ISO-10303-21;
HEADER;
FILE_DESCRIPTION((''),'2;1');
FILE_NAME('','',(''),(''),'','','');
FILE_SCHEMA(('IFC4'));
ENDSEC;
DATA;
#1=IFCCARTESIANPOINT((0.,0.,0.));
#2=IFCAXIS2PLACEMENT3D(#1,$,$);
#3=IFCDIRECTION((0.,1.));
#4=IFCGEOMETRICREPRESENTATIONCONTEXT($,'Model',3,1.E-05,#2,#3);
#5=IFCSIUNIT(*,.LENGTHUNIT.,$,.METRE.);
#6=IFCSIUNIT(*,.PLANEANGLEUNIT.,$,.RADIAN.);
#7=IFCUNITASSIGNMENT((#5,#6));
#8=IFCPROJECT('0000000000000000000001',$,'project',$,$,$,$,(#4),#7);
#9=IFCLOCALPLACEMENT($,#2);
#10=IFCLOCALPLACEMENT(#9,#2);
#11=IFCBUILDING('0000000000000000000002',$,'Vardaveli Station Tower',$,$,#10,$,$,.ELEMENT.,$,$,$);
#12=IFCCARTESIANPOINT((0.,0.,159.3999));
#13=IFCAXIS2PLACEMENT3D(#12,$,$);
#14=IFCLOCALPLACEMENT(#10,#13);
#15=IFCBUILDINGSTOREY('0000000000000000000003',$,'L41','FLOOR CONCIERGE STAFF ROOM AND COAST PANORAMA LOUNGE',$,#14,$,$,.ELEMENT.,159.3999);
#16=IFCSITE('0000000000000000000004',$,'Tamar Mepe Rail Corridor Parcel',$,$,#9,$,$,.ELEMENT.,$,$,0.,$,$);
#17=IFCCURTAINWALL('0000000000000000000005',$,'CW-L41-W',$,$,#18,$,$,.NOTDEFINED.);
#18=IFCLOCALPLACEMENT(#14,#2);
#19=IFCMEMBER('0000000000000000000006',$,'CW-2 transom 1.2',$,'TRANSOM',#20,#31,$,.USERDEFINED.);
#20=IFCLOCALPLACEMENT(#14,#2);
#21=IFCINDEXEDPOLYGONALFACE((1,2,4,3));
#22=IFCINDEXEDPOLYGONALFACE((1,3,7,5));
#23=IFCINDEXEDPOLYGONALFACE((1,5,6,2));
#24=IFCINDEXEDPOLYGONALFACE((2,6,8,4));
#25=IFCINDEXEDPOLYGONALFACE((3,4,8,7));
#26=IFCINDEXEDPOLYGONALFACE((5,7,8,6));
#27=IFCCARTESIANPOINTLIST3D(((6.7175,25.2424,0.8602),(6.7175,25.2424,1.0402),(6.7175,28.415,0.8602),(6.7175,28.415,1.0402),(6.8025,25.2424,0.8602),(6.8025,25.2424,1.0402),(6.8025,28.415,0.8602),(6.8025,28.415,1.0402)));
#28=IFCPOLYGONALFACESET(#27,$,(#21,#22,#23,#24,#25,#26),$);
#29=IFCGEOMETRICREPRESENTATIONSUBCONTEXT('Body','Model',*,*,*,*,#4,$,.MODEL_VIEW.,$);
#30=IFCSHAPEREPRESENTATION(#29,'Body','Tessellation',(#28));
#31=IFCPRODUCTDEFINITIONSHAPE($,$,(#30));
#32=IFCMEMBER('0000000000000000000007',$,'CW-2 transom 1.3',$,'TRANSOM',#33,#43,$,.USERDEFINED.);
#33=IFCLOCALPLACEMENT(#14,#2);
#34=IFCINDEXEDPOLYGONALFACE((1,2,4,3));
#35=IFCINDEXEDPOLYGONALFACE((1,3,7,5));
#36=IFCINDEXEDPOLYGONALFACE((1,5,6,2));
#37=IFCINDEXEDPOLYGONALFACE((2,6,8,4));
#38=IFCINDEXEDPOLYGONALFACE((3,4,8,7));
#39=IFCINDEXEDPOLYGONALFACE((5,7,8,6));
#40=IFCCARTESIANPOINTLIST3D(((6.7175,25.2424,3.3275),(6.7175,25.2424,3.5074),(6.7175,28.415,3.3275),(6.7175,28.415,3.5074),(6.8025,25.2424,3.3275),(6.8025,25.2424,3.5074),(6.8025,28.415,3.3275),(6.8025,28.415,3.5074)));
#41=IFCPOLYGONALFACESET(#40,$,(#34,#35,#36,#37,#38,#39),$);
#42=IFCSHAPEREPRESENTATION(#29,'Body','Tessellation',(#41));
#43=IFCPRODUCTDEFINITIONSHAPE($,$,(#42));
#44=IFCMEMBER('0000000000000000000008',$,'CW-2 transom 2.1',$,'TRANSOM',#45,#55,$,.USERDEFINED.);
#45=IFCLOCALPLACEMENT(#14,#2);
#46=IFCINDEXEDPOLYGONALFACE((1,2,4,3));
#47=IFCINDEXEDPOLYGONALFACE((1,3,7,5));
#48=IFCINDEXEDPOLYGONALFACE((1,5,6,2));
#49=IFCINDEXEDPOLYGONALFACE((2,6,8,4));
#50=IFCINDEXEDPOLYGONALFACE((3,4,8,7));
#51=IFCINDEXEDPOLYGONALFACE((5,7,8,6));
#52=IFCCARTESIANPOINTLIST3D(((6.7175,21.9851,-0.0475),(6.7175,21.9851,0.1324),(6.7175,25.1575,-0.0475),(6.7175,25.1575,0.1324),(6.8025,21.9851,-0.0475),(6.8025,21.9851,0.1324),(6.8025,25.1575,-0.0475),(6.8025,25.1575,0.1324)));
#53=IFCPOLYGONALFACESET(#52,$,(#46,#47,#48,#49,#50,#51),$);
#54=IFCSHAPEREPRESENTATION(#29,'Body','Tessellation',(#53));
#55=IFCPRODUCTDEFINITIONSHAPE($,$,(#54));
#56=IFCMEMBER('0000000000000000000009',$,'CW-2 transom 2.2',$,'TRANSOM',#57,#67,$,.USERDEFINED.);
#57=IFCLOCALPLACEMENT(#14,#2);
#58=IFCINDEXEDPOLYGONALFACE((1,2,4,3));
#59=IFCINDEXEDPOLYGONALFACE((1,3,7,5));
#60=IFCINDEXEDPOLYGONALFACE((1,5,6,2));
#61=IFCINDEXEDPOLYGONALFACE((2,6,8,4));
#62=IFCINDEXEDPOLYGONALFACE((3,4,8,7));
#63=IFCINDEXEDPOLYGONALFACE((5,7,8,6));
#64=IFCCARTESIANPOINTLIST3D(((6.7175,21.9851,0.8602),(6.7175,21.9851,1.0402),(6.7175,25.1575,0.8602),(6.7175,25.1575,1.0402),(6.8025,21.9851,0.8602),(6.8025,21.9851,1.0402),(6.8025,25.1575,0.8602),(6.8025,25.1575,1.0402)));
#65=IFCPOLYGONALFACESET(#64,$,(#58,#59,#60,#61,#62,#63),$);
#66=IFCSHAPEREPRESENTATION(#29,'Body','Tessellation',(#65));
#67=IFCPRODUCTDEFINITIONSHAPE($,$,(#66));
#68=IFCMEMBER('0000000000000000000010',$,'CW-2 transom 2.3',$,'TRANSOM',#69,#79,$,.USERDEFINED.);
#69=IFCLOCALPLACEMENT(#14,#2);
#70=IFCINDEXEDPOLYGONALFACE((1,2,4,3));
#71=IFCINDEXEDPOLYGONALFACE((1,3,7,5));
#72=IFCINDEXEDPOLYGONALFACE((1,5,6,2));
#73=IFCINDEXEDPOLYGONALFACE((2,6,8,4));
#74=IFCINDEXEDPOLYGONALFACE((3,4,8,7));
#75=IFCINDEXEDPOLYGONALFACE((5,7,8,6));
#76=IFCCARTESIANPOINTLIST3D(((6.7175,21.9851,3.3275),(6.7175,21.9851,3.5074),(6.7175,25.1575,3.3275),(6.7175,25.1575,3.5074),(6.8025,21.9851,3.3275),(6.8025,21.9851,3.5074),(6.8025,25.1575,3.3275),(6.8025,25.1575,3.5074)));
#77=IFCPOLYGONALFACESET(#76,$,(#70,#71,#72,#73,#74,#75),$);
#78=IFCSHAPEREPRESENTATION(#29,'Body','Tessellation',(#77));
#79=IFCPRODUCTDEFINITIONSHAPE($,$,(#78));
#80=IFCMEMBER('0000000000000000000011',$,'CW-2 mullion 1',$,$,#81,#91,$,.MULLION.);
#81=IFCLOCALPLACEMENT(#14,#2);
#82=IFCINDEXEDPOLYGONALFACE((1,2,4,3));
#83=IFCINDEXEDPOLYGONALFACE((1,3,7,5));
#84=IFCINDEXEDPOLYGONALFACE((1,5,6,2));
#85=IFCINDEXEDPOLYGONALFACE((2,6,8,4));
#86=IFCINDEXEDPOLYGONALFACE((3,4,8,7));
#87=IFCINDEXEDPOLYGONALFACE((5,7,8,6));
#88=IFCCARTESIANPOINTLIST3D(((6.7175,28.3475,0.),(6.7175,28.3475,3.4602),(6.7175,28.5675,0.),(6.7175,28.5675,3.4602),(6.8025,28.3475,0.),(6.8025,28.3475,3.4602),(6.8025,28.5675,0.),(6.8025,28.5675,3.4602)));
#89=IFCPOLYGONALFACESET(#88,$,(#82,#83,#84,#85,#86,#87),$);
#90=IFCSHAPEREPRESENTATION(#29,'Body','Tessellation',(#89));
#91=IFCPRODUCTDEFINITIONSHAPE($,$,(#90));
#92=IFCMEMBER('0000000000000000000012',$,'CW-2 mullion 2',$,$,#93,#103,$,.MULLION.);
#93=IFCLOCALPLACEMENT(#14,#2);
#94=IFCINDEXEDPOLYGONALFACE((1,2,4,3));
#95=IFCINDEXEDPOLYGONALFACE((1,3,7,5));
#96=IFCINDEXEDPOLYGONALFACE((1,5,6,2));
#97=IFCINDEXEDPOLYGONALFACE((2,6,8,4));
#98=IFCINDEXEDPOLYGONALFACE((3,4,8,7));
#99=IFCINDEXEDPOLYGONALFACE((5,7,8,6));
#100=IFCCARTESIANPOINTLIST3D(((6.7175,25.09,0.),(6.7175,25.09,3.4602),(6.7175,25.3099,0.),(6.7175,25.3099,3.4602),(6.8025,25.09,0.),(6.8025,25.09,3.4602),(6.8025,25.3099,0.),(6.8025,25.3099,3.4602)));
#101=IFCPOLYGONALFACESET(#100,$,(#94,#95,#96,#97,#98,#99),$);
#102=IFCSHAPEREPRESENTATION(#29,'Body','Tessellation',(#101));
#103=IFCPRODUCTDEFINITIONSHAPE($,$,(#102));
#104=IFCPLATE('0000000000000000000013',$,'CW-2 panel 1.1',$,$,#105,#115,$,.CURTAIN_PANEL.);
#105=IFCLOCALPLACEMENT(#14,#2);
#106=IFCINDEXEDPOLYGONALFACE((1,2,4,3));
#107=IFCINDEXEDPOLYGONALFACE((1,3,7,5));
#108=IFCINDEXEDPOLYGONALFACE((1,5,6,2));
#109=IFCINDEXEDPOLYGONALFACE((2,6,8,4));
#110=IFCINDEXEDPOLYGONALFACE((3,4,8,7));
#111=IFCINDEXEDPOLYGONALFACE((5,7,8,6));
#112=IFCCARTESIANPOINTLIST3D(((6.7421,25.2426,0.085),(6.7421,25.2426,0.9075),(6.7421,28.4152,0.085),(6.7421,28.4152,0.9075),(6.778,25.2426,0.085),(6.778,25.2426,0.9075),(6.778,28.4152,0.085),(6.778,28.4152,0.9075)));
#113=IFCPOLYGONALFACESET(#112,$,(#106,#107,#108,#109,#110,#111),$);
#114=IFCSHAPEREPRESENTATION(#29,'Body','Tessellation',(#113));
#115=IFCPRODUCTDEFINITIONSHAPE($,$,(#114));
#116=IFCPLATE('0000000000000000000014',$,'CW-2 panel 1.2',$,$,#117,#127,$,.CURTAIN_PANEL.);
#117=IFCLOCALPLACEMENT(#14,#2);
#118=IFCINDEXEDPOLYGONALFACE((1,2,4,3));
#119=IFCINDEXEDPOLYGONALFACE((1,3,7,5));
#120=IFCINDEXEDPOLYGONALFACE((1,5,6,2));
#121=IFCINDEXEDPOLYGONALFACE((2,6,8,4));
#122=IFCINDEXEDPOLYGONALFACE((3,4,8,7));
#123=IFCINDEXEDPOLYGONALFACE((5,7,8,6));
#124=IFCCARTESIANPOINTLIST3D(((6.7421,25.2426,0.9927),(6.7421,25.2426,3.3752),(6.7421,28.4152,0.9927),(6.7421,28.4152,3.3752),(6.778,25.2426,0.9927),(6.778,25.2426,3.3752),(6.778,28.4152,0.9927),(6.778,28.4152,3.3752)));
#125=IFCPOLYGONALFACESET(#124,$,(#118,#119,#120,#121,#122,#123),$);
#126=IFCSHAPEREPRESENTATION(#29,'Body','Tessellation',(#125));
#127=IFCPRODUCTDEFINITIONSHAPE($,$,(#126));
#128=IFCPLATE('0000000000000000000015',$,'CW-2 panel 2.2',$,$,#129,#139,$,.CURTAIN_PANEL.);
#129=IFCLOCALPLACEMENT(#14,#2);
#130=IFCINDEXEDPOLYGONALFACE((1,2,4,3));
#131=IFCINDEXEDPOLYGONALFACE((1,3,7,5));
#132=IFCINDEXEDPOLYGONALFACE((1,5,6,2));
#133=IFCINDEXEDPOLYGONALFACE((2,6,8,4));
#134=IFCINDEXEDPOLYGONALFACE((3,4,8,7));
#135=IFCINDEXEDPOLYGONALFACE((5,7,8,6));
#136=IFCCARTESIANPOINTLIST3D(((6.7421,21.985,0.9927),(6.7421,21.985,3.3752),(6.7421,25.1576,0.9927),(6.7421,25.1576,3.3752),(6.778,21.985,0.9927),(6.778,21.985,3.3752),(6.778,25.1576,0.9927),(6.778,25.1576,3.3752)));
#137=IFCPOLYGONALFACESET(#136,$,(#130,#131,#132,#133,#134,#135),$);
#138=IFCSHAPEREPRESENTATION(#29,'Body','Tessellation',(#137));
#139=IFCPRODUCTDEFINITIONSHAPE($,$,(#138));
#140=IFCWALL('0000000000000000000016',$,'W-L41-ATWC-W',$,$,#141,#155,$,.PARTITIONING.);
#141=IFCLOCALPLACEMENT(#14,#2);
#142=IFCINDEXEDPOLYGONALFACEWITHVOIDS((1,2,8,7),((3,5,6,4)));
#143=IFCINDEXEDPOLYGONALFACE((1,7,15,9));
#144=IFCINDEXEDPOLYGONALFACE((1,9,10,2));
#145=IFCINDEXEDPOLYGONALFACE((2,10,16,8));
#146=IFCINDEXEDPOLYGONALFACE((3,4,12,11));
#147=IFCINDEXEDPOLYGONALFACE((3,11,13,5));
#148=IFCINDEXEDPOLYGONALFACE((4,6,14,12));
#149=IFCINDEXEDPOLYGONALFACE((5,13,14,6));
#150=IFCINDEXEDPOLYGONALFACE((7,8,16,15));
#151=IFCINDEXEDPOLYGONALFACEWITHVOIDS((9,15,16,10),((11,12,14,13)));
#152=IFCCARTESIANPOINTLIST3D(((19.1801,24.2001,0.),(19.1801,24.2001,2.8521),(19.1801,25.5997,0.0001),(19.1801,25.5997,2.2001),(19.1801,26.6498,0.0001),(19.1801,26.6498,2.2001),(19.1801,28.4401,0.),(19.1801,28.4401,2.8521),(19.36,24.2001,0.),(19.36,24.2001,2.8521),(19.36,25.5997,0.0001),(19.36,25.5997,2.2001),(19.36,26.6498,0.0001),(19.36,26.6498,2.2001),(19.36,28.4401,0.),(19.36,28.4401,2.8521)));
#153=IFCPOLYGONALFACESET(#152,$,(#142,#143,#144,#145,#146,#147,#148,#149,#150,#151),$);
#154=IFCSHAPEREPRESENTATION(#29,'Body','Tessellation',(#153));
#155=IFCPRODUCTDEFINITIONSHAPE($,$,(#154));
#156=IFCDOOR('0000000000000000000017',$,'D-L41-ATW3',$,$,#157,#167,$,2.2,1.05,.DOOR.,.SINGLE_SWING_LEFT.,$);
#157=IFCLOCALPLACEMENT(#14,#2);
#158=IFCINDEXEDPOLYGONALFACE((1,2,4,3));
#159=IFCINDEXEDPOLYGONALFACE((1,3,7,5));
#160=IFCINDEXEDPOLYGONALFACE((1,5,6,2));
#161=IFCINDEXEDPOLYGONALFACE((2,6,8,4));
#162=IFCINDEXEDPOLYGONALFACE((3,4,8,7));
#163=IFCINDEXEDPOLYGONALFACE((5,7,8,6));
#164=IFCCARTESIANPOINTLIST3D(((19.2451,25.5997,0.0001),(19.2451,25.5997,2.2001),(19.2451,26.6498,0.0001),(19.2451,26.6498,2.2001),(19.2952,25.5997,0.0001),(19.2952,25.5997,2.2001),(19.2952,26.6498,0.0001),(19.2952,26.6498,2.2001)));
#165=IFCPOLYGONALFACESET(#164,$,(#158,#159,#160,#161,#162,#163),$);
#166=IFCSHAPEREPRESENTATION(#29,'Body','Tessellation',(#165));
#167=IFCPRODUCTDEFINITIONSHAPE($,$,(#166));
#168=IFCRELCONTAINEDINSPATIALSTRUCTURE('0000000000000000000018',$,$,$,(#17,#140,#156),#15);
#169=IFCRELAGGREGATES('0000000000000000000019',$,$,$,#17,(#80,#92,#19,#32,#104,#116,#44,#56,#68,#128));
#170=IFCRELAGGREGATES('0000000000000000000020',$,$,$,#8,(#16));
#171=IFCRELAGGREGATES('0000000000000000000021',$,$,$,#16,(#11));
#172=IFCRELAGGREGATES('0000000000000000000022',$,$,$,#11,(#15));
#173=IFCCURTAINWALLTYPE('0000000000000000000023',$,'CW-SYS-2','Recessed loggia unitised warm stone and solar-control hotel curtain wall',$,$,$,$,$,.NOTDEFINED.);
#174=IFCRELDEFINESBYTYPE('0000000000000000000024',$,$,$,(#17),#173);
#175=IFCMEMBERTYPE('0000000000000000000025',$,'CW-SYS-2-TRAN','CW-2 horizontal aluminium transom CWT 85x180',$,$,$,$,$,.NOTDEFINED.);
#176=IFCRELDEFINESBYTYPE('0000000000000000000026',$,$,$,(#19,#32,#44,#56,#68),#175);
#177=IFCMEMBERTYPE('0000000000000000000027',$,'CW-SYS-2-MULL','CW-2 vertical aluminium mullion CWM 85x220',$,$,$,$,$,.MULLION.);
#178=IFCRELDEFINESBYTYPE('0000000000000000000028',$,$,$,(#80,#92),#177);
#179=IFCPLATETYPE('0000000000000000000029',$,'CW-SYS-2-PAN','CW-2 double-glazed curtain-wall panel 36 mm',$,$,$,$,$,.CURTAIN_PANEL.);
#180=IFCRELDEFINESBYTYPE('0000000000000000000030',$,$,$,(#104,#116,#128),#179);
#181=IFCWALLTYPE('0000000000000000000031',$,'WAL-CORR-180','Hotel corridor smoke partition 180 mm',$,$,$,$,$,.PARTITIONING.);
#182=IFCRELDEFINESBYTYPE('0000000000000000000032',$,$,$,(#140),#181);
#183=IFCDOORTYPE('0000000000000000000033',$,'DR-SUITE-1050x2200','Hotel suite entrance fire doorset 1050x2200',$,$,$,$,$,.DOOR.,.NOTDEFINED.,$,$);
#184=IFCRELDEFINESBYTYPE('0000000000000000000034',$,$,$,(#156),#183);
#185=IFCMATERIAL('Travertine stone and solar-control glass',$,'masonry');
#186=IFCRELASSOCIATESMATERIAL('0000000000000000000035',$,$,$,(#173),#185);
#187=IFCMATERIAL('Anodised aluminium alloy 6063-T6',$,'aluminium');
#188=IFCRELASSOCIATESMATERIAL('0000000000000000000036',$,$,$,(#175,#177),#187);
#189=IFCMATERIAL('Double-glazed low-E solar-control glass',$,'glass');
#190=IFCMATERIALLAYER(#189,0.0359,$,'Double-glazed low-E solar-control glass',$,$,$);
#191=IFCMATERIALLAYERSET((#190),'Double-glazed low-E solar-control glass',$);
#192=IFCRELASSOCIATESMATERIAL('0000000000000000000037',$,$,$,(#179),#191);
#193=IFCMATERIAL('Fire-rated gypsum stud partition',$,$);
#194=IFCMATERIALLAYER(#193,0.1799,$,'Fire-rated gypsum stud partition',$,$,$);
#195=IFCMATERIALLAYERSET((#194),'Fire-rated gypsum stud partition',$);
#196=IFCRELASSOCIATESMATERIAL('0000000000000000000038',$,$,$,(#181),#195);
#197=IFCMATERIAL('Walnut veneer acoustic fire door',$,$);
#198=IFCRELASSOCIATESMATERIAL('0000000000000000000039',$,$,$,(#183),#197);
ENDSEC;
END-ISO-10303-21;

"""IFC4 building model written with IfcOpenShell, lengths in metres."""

from ifc_helpers import new_model, si_unit, direction, frame, frame_2d, origin, origin_2d, place, context, subcontext, project, spatial, rectangle, extrude, source, transform, mapped, material, layer, layer_set, material_profile, profile_set, type_object, element, fill, aggregate, save


model = new_model("IFC4")

# Units and contexts
model_context = context("Model", 3, precision=1e-05, world=origin(), true_north=direction((0.0, 1.0)))
body_context = subcontext(model_context, "Body", "Model", "MODEL_VIEW")
ifc_project = project(units=[si_unit("LENGTHUNIT", "METRE"), si_unit("PLANEANGLEUNIT", "RADIAN")], contexts=[model_context])

# Site, building, storey
site_placement = place(None, origin())
site = spatial("IfcSite", under=ifc_project, at=site_placement, Name="Tamar Mepe Rail Corridor Parcel", CompositionType="ELEMENT", RefElevation=0.0)
building_placement = place(site_placement, origin())
building = spatial("IfcBuilding", under=site, at=building_placement, Name="Vardaveli Station Tower", CompositionType="ELEMENT")
storey_placement = place(building_placement, frame((0.0, 0.0, 159.3999)))
storey = spatial("IfcBuildingStorey", under=building, at=storey_placement, Name="L41", Description="FLOOR CONCIERGE STAFF ROOM AND COAST PANORAMA LOUNGE", CompositionType="ELEMENT", Elevation=159.3999)

# Curtain wall, members, plates
ifc_material_1 = material(Name="Travertine stone and solar-control glass", Category="masonry")
curtain_wall_type = type_object("IfcCurtainWallType", Name="CW-SYS-2", Description="Recessed loggia unitised warm stone and solar-control hotel curtain wall", PredefinedType="NOTDEFINED", material=ifc_material_1)
curtain_wall_placement = place(storey_placement, origin())
curtain_wall = element("IfcCurtainWall", 1, at=curtain_wall_placement, inside=storey, type_object=curtain_wall_type, Name="CW-L41-W", PredefinedType="NOTDEFINED")
ifc_material_2 = material(Name="Anodised aluminium alloy 6063-T6", Category="aluminium")
ifc_material_profile_1 = material_profile(ifc_material_2, rectangle(XDim=0.085, YDim=0.1799, at=origin_2d()), Name="CWT 85x180")
ifc_profile_set_1 = profile_set([ifc_material_profile_1], Name="Anodised aluminium alloy 6063-T6")
member_type_1 = type_object("IfcMemberType", Name="CW-SYS-2-TRAN", Description="CW-2 horizontal aluminium transom CWT 85x180", PredefinedType="NOTDEFINED", material=ifc_profile_set_1)
shared_shape_1 = source(origin(), body_context, "Body", "SweptSolid", [
    extrude(rectangle(XDim=0.085, YDim=0.1799, at=origin_2d()), origin(), (0.0, 0.0, 1.0), 3.1726),
])
member_1_placement = place(storey_placement, frame((6.76, 28.415, 0.9502), z_axis=(0.0, -1.0, 0.0), x_axis=(1.0, 0.0, 0.0)))
member_1 = element("IfcMember", 2, at=member_1_placement, type_object=member_type_1, Name="CW-2 transom 1.2", ObjectType="TRANSOM", PredefinedType="USERDEFINED", context=body_context, shape_type="MappedRepresentation", body=[
    mapped(shared_shape_1, transform((0.0, 0.0, 0.0), scale=1.0)),
])
member_2_placement = place(storey_placement, frame((6.76, 28.415, 3.4175), z_axis=(0.0, -1.0, 0.0), x_axis=(1.0, 0.0, 0.0)))
member_2 = element("IfcMember", 3, at=member_2_placement, type_object=member_type_1, Name="CW-2 transom 1.3", ObjectType="TRANSOM", PredefinedType="USERDEFINED", context=body_context, shape_type="MappedRepresentation", body=[
    mapped(shared_shape_1, transform((0.0, 0.0, 0.0), scale=1.0)),
])
shared_shape_2 = source(origin(), body_context, "Body", "SweptSolid", [
    extrude(rectangle(XDim=0.085, YDim=0.1799, at=origin_2d()), origin(), (0.0, 0.0, 1.0), 3.1724),
])
member_3_placement = place(storey_placement, frame((6.76, 25.1575, 0.0425), z_axis=(0.0, -1.0, 0.0), x_axis=(1.0, 0.0, 0.0)))
member_3 = element("IfcMember", 4, at=member_3_placement, type_object=member_type_1, Name="CW-2 transom 2.1", ObjectType="TRANSOM", PredefinedType="USERDEFINED", context=body_context, shape_type="MappedRepresentation", body=[
    mapped(shared_shape_2, transform((0.0, 0.0, 0.0), scale=1.0)),
])
member_4_placement = place(storey_placement, frame((6.76, 25.1575, 0.9502), z_axis=(0.0, -1.0, 0.0), x_axis=(1.0, 0.0, 0.0)))
member_4 = element("IfcMember", 5, at=member_4_placement, type_object=member_type_1, Name="CW-2 transom 2.2", ObjectType="TRANSOM", PredefinedType="USERDEFINED", context=body_context, shape_type="MappedRepresentation", body=[
    mapped(shared_shape_2, transform((0.0, 0.0, 0.0), scale=1.0)),
])
member_5_placement = place(storey_placement, frame((6.76, 25.1575, 3.4175), z_axis=(0.0, -1.0, 0.0), x_axis=(1.0, 0.0, 0.0)))
member_5 = element("IfcMember", 6, at=member_5_placement, type_object=member_type_1, Name="CW-2 transom 2.3", ObjectType="TRANSOM", PredefinedType="USERDEFINED", context=body_context, shape_type="MappedRepresentation", body=[
    mapped(shared_shape_2, transform((0.0, 0.0, 0.0), scale=1.0)),
])
ifc_material_profile_2 = material_profile(ifc_material_2, rectangle(XDim=0.085, YDim=0.22, at=origin_2d()), Name="CWM 85x220")
ifc_profile_set_2 = profile_set([ifc_material_profile_2], Name="Anodised aluminium alloy 6063-T6")
member_type_2 = type_object("IfcMemberType", Name="CW-SYS-2-MULL", Description="CW-2 vertical aluminium mullion CWM 85x220", PredefinedType="MULLION", material=ifc_profile_set_2)
shared_shape_3 = source(origin(), body_context, "Body", "SweptSolid", [
    extrude(rectangle(XDim=0.085, YDim=0.22, at=origin_2d()), origin(), (0.0, 0.0, 1.0), 3.4602),
])
member_6_placement = place(storey_placement, frame((6.76, 28.4575, 0.0), z_axis=(0.0, 0.0, 1.0), x_axis=(1.0, 0.0, 0.0)))
member_6 = element("IfcMember", 7, at=member_6_placement, type_object=member_type_2, Name="CW-2 mullion 1", PredefinedType="MULLION", context=body_context, shape_type="MappedRepresentation", body=[
    mapped(shared_shape_3, transform((0.0, 0.0, 0.0), scale=1.0)),
])
member_7_placement = place(storey_placement, frame((6.76, 25.2, 0.0), z_axis=(0.0, 0.0, 1.0), x_axis=(1.0, 0.0, 0.0)))
member_7 = element("IfcMember", 8, at=member_7_placement, type_object=member_type_2, Name="CW-2 mullion 2", PredefinedType="MULLION", context=body_context, shape_type="MappedRepresentation", body=[
    mapped(shared_shape_3, transform((0.0, 0.0, 0.0), scale=1.0)),
])
ifc_material_3 = material(Name="Double-glazed low-E solar-control glass", Category="glass")
ifc_layer_1 = layer(ifc_material_3, 0.0359, Name="Double-glazed low-E solar-control glass")
ifc_layer_set_1 = layer_set([ifc_layer_1], Name="Double-glazed low-E solar-control glass")
plate_type = type_object("IfcPlateType", Name="CW-SYS-2-PAN", Description="CW-2 double-glazed curtain-wall panel 36 mm", PredefinedType="CURTAIN_PANEL", material=ifc_layer_set_1)
shared_shape_4 = source(origin(), body_context, "Body", "SweptSolid", [
    extrude(rectangle(XDim=3.1726, YDim=0.0359, at=origin_2d()), origin(), (0.0, 0.0, 1.0), 0.8225),
])
plate_1_placement = place(storey_placement, frame((6.76, 26.8289, 0.085), z_axis=(0.0, 0.0, 1.0), x_axis=(0.0, -1.0, 0.0)))
plate_1 = element("IfcPlate", 9, at=plate_1_placement, type_object=plate_type, Name="CW-2 panel 1.1", PredefinedType="CURTAIN_PANEL", context=body_context, shape_type="MappedRepresentation", body=[
    mapped(shared_shape_4, transform((0.0, 0.0, 0.0), scale=1.0)),
])
shared_shape_5 = source(origin(), body_context, "Body", "SweptSolid", [
    extrude(rectangle(XDim=3.1726, YDim=0.0359, at=origin_2d()), origin(), (0.0, 0.0, 1.0), 2.3826),
])
plate_2_placement = place(storey_placement, frame((6.76, 26.8289, 0.9927), z_axis=(0.0, 0.0, 1.0), x_axis=(0.0, -1.0, 0.0)))
plate_2 = element("IfcPlate", 10, at=plate_2_placement, type_object=plate_type, Name="CW-2 panel 1.2", PredefinedType="CURTAIN_PANEL", context=body_context, shape_type="MappedRepresentation", body=[
    mapped(shared_shape_5, transform((0.0, 0.0, 0.0), scale=1.0)),
])
plate_3_placement = place(storey_placement, frame((6.76, 23.5713, 0.9927), z_axis=(0.0, 0.0, 1.0), x_axis=(0.0, -1.0, 0.0)))
plate_3 = element("IfcPlate", 11, at=plate_3_placement, type_object=plate_type, Name="CW-2 panel 2.2", PredefinedType="CURTAIN_PANEL", context=body_context, shape_type="MappedRepresentation", body=[
    mapped(shared_shape_5, transform((0.0, 0.0, 0.0), scale=1.0)),
])
aggregate(curtain_wall, [member_6, member_7, member_1, member_2, plate_1, plate_2, member_3, member_4, member_5, plate_3])

# Wall, opening, door
ifc_material_4 = material(Name="Fire-rated gypsum stud partition")
ifc_layer_2 = layer(ifc_material_4, 0.1799, Name="Fire-rated gypsum stud partition")
ifc_layer_set_2 = layer_set([ifc_layer_2], Name="Fire-rated gypsum stud partition")
wall_type = type_object("IfcWallType", Name="WAL-CORR-180", Description="Hotel corridor smoke partition 180 mm", PredefinedType="PARTITIONING", material=ifc_layer_set_2)
shared_shape_6 = source(origin(), body_context, "Body", "SweptSolid", [
    extrude(rectangle(XDim=4.24, YDim=0.1799, at=frame_2d((2.1201, 0.0))), origin(), (0.0, 0.0, 1.0), 2.8521),
])
wall_1_placement = place(storey_placement, frame((19.27, 24.2, 0.0), z_axis=(0.0, 0.0, 1.0), x_axis=(0.0, 1.0, 0.0)))
wall_1 = element("IfcWall", 12, at=wall_1_placement, inside=storey, type_object=wall_type, Name="W-L41-ATWC-W", PredefinedType="PARTITIONING", context=body_context, shape_type="MappedRepresentation", body=[
    mapped(shared_shape_6, transform((0.0, 0.0, 0.0), scale=1.0)),
])
shared_shape_7 = source(origin(), body_context, "Body", "SweptSolid", [
    extrude(rectangle(XDim=1.05, YDim=2.2, at=frame_2d((0.5249, 1.1001))), frame((0.0, 0.1001, 0.0), z_axis=(0.0, -1.0, 0.0), x_axis=(1.0, 0.0, 0.0)), (0.0, 0.0, 1.0), 0.2),
])
opening_placement = place(wall_1_placement, frame((1.3999, 0.0, 0.0)))
opening = element("IfcOpeningElement", 13, at=opening_placement, cuts=wall_1, PredefinedType="OPENING", context=body_context, shape_type="MappedRepresentation", body=[
    mapped(shared_shape_7, transform((0.0, 0.0, 0.0), scale=1.0)),
])
ifc_material_5 = material(Name="Walnut veneer acoustic fire door")
door_type = type_object("IfcDoorType", Name="DR-SUITE-1050x2200", Description="Hotel suite entrance fire doorset 1050x2200", OperationType="NOTDEFINED", PredefinedType="DOOR", material=ifc_material_5)
shared_shape_8 = source(origin(), body_context, "Body", "SweptSolid", [
    extrude(rectangle(XDim=1.05, YDim=2.2, at=frame_2d((0.5249, 1.1001))), frame((0.0, 0.0249, 0.0), z_axis=(0.0, -1.0, 0.0), x_axis=(1.0, 0.0, 0.0)), (0.0, 0.0, 1.0), 0.05),
])
door_placement = place(opening_placement, origin())
door = element("IfcDoor", 14, at=door_placement, inside=storey, type_object=door_type, Name="D-L41-ATW3", OperationType="SINGLE_SWING_LEFT", OverallHeight=2.2, OverallWidth=1.05, PredefinedType="DOOR", context=body_context, shape_type="MappedRepresentation", body=[
    mapped(shared_shape_8, transform((0.0, 0.0, 0.0), scale=1.0)),
])
fill(opening, door)

save(model, "model.ifc")
